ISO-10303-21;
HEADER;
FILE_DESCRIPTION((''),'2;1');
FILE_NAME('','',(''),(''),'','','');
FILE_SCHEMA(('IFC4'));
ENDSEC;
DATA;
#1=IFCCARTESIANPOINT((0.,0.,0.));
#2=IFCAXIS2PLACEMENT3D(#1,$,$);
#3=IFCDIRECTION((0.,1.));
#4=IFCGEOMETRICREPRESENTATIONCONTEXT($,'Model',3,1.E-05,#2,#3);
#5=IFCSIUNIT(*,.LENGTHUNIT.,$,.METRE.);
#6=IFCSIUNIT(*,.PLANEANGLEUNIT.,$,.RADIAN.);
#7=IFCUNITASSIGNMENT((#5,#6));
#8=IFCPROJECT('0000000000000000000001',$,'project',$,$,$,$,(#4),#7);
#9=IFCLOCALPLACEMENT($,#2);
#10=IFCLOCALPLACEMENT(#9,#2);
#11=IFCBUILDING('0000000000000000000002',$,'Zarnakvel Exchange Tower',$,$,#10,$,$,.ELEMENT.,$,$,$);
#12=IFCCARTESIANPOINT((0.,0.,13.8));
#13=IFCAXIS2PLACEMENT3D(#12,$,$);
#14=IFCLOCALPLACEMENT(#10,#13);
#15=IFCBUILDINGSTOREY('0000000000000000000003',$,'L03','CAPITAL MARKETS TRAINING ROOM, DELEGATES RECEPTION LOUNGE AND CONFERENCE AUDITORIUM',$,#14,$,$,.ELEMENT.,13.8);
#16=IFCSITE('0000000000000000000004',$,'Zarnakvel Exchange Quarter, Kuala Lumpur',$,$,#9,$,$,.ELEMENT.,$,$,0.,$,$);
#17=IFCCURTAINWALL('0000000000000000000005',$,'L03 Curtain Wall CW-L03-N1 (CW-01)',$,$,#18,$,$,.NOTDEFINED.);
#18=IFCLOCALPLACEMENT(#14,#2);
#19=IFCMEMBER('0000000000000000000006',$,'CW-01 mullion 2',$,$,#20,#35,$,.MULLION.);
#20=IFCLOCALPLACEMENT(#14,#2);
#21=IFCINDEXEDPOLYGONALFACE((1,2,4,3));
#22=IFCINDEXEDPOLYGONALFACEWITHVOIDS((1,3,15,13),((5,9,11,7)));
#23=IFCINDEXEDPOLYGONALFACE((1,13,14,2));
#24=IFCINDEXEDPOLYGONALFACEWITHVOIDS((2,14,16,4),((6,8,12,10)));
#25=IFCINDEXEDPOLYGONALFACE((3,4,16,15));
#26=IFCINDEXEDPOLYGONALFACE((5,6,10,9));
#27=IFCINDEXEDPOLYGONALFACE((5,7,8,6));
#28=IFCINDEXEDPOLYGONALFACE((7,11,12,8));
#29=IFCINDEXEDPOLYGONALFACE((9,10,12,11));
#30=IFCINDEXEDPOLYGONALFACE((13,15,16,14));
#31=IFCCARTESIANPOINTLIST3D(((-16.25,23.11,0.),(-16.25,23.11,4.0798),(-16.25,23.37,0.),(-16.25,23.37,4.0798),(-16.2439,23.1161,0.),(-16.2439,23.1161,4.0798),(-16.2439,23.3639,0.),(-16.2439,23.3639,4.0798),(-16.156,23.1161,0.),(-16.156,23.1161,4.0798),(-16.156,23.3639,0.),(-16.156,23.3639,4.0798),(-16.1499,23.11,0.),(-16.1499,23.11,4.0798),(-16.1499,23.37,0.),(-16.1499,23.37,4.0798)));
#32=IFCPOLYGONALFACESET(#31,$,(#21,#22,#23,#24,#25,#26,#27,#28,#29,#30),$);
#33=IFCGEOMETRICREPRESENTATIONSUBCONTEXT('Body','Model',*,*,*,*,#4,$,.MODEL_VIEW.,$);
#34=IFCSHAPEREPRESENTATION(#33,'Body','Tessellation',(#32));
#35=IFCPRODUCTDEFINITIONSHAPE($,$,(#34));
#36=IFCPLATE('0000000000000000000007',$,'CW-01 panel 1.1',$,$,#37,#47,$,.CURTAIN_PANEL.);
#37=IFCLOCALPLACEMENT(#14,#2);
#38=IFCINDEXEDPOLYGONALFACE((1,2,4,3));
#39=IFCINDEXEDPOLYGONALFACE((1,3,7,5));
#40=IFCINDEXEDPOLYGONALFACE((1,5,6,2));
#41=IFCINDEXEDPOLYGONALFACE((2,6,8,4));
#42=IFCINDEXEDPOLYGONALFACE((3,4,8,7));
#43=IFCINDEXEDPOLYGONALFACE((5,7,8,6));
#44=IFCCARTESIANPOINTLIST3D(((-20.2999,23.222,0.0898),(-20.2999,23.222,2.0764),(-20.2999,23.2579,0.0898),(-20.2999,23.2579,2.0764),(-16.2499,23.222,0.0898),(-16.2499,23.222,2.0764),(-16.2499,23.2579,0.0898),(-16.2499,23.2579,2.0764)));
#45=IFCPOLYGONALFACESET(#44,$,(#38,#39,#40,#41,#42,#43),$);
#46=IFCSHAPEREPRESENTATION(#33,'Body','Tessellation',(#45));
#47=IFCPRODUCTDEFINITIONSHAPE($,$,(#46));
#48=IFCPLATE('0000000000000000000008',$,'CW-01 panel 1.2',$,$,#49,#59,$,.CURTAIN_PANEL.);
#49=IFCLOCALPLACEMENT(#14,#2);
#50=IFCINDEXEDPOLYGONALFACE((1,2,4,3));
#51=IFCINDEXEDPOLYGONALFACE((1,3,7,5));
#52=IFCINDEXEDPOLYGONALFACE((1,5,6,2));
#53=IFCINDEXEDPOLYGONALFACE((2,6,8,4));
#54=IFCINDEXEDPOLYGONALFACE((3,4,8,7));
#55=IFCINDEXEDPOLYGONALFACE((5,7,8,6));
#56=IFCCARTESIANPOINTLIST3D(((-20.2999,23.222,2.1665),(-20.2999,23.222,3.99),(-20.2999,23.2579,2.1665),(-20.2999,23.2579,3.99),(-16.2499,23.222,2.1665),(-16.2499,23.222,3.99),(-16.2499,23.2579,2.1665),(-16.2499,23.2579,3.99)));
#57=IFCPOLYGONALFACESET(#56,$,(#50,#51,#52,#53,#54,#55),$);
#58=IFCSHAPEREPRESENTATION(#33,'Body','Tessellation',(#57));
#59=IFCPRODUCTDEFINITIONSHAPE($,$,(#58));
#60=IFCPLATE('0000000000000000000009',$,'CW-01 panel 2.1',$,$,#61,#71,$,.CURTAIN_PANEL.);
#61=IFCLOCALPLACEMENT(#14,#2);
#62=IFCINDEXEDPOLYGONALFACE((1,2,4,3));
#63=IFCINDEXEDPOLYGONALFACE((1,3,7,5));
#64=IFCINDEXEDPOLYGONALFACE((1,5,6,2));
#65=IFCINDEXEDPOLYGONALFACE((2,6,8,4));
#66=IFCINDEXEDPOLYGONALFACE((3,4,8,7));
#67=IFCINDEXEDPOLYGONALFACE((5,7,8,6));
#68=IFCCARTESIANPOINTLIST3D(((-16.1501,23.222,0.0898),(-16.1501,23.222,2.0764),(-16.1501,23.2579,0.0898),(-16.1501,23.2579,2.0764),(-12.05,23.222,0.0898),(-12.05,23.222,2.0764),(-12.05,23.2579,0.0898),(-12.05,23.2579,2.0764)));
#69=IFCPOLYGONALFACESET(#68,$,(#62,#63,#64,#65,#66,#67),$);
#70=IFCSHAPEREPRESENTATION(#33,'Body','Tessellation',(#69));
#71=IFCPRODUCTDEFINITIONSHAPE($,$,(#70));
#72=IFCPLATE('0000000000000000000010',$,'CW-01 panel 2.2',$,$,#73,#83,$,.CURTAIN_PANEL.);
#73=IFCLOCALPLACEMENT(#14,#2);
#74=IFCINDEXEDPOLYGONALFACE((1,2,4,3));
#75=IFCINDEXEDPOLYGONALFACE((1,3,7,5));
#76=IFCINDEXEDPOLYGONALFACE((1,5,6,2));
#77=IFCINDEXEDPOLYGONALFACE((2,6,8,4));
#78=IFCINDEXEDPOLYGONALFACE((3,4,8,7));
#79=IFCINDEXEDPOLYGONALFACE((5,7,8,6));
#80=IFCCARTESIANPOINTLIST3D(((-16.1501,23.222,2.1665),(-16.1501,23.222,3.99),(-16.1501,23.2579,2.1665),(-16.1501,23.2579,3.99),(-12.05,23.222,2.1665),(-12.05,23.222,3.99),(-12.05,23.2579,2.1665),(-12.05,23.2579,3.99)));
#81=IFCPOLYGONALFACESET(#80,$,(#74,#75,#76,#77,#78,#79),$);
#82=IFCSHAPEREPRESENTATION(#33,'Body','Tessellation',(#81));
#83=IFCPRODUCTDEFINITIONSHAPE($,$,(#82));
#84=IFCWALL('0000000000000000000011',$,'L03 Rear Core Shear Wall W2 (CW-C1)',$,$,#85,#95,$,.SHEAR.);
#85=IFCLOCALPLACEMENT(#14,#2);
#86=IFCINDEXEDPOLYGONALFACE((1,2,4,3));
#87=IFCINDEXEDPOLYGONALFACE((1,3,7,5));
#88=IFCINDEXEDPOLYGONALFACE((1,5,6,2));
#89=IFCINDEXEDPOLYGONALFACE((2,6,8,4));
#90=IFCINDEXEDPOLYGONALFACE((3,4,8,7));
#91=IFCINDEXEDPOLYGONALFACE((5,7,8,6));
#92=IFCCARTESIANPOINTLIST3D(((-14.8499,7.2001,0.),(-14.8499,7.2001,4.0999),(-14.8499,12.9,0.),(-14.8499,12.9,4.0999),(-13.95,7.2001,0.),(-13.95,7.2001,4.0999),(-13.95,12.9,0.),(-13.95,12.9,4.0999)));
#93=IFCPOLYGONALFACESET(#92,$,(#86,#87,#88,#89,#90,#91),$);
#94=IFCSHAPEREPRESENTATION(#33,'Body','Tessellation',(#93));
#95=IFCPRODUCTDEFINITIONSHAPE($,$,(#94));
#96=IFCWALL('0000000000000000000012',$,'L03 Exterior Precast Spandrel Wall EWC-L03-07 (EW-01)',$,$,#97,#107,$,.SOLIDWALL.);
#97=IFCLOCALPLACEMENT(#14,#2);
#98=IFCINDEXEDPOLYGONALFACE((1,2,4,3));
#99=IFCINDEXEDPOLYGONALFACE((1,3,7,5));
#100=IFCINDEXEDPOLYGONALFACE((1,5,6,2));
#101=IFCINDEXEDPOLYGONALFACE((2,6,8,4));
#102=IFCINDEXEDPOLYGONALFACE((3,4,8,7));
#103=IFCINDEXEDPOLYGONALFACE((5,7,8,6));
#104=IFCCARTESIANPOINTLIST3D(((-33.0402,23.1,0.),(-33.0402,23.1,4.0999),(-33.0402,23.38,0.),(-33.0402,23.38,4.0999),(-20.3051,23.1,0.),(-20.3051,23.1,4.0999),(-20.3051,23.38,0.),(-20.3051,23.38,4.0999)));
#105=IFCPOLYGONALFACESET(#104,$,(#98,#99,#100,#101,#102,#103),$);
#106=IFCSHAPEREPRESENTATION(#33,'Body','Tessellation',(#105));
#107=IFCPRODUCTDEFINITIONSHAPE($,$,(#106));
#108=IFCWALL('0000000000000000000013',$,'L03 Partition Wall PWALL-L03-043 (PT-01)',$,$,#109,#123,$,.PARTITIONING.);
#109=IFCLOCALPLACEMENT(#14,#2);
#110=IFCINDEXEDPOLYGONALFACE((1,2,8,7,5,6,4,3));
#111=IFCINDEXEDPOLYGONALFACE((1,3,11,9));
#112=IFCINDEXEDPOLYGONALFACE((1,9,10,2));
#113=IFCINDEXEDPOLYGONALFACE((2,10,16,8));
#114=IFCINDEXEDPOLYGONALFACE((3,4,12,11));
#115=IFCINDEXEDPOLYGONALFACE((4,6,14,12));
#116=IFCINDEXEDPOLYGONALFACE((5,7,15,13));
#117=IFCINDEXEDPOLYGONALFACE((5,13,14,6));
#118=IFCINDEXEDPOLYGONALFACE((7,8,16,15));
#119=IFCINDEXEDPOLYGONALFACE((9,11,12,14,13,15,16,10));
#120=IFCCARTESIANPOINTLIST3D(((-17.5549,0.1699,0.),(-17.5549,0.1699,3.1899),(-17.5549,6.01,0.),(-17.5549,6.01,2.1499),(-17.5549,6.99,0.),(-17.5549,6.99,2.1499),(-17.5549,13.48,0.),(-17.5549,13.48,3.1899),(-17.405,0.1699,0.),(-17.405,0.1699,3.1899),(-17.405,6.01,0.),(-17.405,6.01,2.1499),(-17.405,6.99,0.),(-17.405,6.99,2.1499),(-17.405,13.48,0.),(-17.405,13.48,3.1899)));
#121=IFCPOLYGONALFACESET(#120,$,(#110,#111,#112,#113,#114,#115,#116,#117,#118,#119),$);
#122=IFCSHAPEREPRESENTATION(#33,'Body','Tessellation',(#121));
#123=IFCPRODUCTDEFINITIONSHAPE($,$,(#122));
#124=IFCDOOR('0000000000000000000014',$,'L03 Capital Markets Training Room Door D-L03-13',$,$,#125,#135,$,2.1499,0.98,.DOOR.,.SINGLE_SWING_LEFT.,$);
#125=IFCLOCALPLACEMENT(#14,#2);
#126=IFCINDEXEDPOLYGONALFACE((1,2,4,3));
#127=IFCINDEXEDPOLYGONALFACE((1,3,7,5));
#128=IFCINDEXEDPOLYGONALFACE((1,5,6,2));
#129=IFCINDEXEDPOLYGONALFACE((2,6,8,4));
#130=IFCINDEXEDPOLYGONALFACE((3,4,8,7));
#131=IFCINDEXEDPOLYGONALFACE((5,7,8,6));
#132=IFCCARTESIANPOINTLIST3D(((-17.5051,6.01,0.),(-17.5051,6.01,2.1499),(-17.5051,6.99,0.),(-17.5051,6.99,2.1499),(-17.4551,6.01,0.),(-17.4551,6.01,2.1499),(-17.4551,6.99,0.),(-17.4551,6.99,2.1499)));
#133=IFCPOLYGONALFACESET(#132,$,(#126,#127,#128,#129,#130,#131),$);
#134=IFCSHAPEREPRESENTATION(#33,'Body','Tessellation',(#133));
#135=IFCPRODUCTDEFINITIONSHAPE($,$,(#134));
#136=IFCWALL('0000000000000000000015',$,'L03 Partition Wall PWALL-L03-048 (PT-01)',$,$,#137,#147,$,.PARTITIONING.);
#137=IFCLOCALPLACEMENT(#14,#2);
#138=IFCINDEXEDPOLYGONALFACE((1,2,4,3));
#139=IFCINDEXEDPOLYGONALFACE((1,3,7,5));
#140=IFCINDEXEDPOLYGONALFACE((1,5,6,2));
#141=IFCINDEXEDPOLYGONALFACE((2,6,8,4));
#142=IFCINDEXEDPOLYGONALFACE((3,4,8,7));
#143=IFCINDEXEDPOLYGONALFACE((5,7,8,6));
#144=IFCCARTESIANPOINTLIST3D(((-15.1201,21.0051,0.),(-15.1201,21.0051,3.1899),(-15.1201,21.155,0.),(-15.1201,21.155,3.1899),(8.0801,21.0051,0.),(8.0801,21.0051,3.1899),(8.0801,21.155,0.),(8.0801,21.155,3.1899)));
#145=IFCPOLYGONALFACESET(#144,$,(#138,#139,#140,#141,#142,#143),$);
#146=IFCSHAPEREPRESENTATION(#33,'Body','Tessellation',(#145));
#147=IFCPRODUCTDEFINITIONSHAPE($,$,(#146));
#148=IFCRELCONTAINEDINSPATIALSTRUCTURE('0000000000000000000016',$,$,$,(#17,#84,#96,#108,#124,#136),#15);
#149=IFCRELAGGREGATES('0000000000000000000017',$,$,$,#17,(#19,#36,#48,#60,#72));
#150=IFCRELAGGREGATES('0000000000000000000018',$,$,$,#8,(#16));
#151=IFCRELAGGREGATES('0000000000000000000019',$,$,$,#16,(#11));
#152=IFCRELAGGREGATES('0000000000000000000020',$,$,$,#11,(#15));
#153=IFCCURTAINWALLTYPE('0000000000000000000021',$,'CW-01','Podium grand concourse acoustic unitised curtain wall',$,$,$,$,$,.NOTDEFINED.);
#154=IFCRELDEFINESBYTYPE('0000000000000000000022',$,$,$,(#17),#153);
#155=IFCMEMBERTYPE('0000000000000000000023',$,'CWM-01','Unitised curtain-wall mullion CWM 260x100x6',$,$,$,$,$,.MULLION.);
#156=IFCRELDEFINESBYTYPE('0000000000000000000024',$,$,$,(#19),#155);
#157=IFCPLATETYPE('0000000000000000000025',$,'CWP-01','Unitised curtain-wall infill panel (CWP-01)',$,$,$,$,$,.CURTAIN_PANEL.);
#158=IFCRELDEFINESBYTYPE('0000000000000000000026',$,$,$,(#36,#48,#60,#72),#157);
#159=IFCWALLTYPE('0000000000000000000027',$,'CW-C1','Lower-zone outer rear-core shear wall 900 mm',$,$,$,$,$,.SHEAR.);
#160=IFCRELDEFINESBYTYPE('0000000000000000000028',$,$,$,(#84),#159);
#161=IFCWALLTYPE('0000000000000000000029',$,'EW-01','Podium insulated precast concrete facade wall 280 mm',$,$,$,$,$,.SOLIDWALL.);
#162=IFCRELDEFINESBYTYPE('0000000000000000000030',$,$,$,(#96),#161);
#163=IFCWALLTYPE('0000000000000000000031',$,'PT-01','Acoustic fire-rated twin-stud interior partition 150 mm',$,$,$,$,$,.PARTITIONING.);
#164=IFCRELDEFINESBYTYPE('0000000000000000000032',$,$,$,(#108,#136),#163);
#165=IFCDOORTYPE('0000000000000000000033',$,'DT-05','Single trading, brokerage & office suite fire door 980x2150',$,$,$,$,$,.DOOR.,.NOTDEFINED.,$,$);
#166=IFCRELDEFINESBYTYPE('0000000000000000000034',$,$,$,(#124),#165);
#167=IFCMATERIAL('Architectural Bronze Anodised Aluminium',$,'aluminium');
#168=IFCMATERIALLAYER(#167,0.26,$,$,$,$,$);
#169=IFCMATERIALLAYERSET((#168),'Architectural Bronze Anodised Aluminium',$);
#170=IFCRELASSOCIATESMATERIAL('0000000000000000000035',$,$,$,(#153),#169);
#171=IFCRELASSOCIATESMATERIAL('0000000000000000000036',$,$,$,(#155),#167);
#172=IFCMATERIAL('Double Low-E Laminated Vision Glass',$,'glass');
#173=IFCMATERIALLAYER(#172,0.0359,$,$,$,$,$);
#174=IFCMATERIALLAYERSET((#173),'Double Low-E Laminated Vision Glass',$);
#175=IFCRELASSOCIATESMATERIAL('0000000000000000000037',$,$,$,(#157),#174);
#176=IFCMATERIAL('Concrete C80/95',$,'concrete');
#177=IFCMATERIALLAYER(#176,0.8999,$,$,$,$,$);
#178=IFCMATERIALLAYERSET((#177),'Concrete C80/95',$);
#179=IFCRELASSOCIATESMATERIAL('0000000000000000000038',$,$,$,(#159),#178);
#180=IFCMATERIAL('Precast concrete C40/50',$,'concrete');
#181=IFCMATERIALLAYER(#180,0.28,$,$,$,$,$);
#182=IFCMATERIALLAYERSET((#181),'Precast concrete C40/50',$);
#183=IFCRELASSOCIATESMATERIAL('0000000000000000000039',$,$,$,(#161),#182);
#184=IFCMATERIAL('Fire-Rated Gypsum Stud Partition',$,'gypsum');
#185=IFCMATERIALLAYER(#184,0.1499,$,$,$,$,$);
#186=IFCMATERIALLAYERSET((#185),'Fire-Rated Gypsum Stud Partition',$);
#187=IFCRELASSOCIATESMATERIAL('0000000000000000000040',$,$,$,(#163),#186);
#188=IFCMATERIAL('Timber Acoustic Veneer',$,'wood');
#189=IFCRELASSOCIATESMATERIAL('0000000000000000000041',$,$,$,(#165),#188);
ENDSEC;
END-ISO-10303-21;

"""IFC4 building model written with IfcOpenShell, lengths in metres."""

from ifc_helpers import new_model, si_unit, direction, frame, frame_2d, origin, origin_2d, place, context, subcontext, project, spatial, rectangle, hollow_rectangle, extrude, source, transform, mapped, material, layer, layer_set, material_profile, profile_set, type_object, element, fill, aggregate, save


model = new_model("IFC4")

# Units and contexts
model_context = context("Model", 3, precision=1e-05, world=origin(), true_north=direction((0.0, 1.0)))
body_context = subcontext(model_context, "Body", "Model", "MODEL_VIEW")
ifc_project = project(units=[si_unit("LENGTHUNIT", "METRE"), si_unit("PLANEANGLEUNIT", "RADIAN")], contexts=[model_context])

# Site, building, storey
site_placement = place(None, origin())
site = spatial("IfcSite", under=ifc_project, at=site_placement, Name="Zarnakvel Exchange Quarter, Kuala Lumpur", CompositionType="ELEMENT", RefElevation=0.0)
building_placement = place(site_placement, origin())
building = spatial("IfcBuilding", under=site, at=building_placement, Name="Zarnakvel Exchange Tower", CompositionType="ELEMENT")
storey_placement = place(building_placement, frame((0.0, 0.0, 13.8)))
storey = spatial("IfcBuildingStorey", under=building, at=storey_placement, Name="L03", Description="CAPITAL MARKETS TRAINING ROOM, DELEGATES RECEPTION LOUNGE AND CONFERENCE AUDITORIUM", CompositionType="ELEMENT", Elevation=13.8)

# Shared definitions
ifc_material_1 = material(Name="Concrete C80/95", Category="concrete")

# Curtain wall, member, plates
ifc_material_2 = material(Name="Architectural Bronze Anodised Aluminium", Category="aluminium")
ifc_layer_1 = layer(ifc_material_2, 0.26)
ifc_layer_set_1 = layer_set([ifc_layer_1], Name="Architectural Bronze Anodised Aluminium")
curtain_wall_type = type_object("IfcCurtainWallType", Name="CW-01", Description="Podium grand concourse acoustic unitised curtain wall", PredefinedType="NOTDEFINED", material=ifc_layer_set_1)
curtain_wall_placement = place(storey_placement, origin())
curtain_wall = element("IfcCurtainWall", 1, at=curtain_wall_placement, inside=storey, type_object=curtain_wall_type, Name="L03 Curtain Wall CW-L03-N1 (CW-01)", PredefinedType="NOTDEFINED")
ifc_material_profile_1 = material_profile(ifc_material_2, hollow_rectangle(XDim=0.26, YDim=0.1001, WallThickness=0.0061, at=origin_2d()))
ifc_profile_set_1 = profile_set([ifc_material_profile_1], Name="Architectural Bronze Anodised Aluminium")
member_type_1 = type_object("IfcMemberType", Name="CWM-01", Description="Unitised curtain-wall mullion CWM 260x100x6", PredefinedType="MULLION", material=ifc_profile_set_1)
shared_shape_1 = source(origin(), body_context, "Body", "SweptSolid", [
    extrude(hollow_rectangle(XDim=0.26, YDim=0.1001, WallThickness=0.0061, at=origin_2d()), origin(), (0.0, 0.0, 1.0), 4.0798),
])
member_1_placement = place(storey_placement, frame((-16.2, 23.24, 0.0), z_axis=(0.0, 0.0, 1.0), x_axis=(0.0, 1.0, 0.0)))
member_1 = element("IfcMember", 2, at=member_1_placement, type_object=member_type_1, Name="CW-01 mullion 2", PredefinedType="MULLION", context=body_context, shape_type="MappedRepresentation", body=[
    mapped(shared_shape_1, transform((0.0, 0.0, 0.0), x_axis=(1.0, 0.0, 0.0), y_axis=(0.0, 1.0, 0.0), z_axis=(0.0, 0.0, 1.0), scale=1.0)),
])
ifc_material_3 = material(Name="Double Low-E Laminated Vision Glass", Category="glass")
ifc_layer_2 = layer(ifc_material_3, 0.0359)
ifc_layer_set_2 = layer_set([ifc_layer_2], Name="Double Low-E Laminated Vision Glass")
plate_type = type_object("IfcPlateType", Name="CWP-01", Description="Unitised curtain-wall infill panel (CWP-01)", PredefinedType="CURTAIN_PANEL", material=ifc_layer_set_2)
shared_shape_2 = source(origin(), body_context, "Body", "SweptSolid", [
    extrude(rectangle(XDim=4.05, YDim=0.0359, at=origin_2d()), origin(), (0.0, 0.0, 1.0), 1.9866),
])
plate_1_placement = place(storey_placement, frame((-18.2749, 23.24, 0.0898), z_axis=(0.0, 0.0, 1.0), x_axis=(1.0, 0.0, 0.0)))
plate_1 = element("IfcPlate", 3, at=plate_1_placement, type_object=plate_type, Name="CW-01 panel 1.1", PredefinedType="CURTAIN_PANEL", context=body_context, shape_type="MappedRepresentation", body=[
    mapped(shared_shape_2, transform((0.0, 0.0, 0.0), x_axis=(1.0, 0.0, 0.0), y_axis=(0.0, 1.0, 0.0), z_axis=(0.0, 0.0, 1.0), scale=1.0)),
])
shared_shape_3 = source(origin(), body_context, "Body", "SweptSolid", [
    extrude(rectangle(XDim=4.05, YDim=0.0359, at=origin_2d()), origin(), (0.0, 0.0, 1.0), 1.8235),
])
plate_2_placement = place(storey_placement, frame((-18.2749, 23.24, 2.1665), z_axis=(0.0, 0.0, 1.0), x_axis=(1.0, 0.0, 0.0)))
plate_2 = element("IfcPlate", 4, at=plate_2_placement, type_object=plate_type, Name="CW-01 panel 1.2", PredefinedType="CURTAIN_PANEL", context=body_context, shape_type="MappedRepresentation", body=[
    mapped(shared_shape_3, transform((0.0, 0.0, 0.0), x_axis=(1.0, 0.0, 0.0), y_axis=(0.0, 1.0, 0.0), z_axis=(0.0, 0.0, 1.0), scale=1.0)),
])
shared_shape_4 = source(origin(), body_context, "Body", "SweptSolid", [
    extrude(rectangle(XDim=4.1001, YDim=0.0359, at=origin_2d()), origin(), (0.0, 0.0, 1.0), 1.9866),
])
plate_3_placement = place(storey_placement, frame((-14.1001, 23.24, 0.0898), z_axis=(0.0, 0.0, 1.0), x_axis=(1.0, 0.0, 0.0)))
plate_3 = element("IfcPlate", 5, at=plate_3_placement, type_object=plate_type, Name="CW-01 panel 2.1", PredefinedType="CURTAIN_PANEL", context=body_context, shape_type="MappedRepresentation", body=[
    mapped(shared_shape_4, transform((0.0, 0.0, 0.0), x_axis=(1.0, 0.0, 0.0), y_axis=(0.0, 1.0, 0.0), z_axis=(0.0, 0.0, 1.0), scale=1.0)),
])
shared_shape_5 = source(origin(), body_context, "Body", "SweptSolid", [
    extrude(rectangle(XDim=4.1001, YDim=0.0359, at=origin_2d()), origin(), (0.0, 0.0, 1.0), 1.8235),
])
plate_4_placement = place(storey_placement, frame((-14.1001, 23.24, 2.1665), z_axis=(0.0, 0.0, 1.0), x_axis=(1.0, 0.0, 0.0)))
plate_4 = element("IfcPlate", 6, at=plate_4_placement, type_object=plate_type, Name="CW-01 panel 2.2", PredefinedType="CURTAIN_PANEL", context=body_context, shape_type="MappedRepresentation", body=[
    mapped(shared_shape_5, transform((0.0, 0.0, 0.0), x_axis=(1.0, 0.0, 0.0), y_axis=(0.0, 1.0, 0.0), z_axis=(0.0, 0.0, 1.0), scale=1.0)),
])
aggregate(curtain_wall, [member_1, plate_1, plate_2, plate_3, plate_4])

# Walls
ifc_layer_3 = layer(ifc_material_1, 0.8999)
ifc_layer_set_3 = layer_set([ifc_layer_3], Name="Concrete C80/95")
wall_type_1 = type_object("IfcWallType", Name="CW-C1", Description="Lower-zone outer rear-core shear wall 900 mm", PredefinedType="SHEAR", material=ifc_layer_set_3)
wall_1_placement = place(storey_placement, frame((-14.3999, 7.2, 0.0), z_axis=(0.0, 0.0, 1.0), x_axis=(0.0, 1.0, 0.0)))
element("IfcWall", 7, at=wall_1_placement, inside=storey, type_object=wall_type_1, Name="L03 Rear Core Shear Wall W2 (CW-C1)", PredefinedType="SHEAR", context=body_context, shape_type="SweptSolid", body=[
    extrude(rectangle(XDim=5.7, YDim=0.8999, at=frame_2d((2.8501, 0.0))), origin(), (0.0, 0.0, 1.0), 4.0999),
])
ifc_material_4 = material(Name="Precast concrete C40/50", Category="concrete")
ifc_layer_4 = layer(ifc_material_4, 0.28)
ifc_layer_set_4 = layer_set([ifc_layer_4], Name="Precast concrete C40/50")
wall_type_2 = type_object("IfcWallType", Name="EW-01", Description="Podium insulated precast concrete facade wall 280 mm", PredefinedType="SOLIDWALL", material=ifc_layer_set_4)
wall_2_placement = place(storey_placement, frame((-20.3049, 23.24, 0.0), z_axis=(0.0, 0.0, 1.0), x_axis=(-1.0, 0.0, 0.0)))
element("IfcWall", 8, at=wall_2_placement, inside=storey, type_object=wall_type_2, Name="L03 Exterior Precast Spandrel Wall EWC-L03-07 (EW-01)", PredefinedType="SOLIDWALL", context=body_context, shape_type="SweptSolid", body=[
    extrude(rectangle(XDim=12.7351, YDim=0.28, at=frame_2d((6.3677, 0.0))), origin(), (0.0, 0.0, 1.0), 4.0999),
])

# Wall, opening, door
ifc_material_5 = material(Name="Fire-Rated Gypsum Stud Partition", Category="gypsum")
ifc_layer_5 = layer(ifc_material_5, 0.1499)
ifc_layer_set_5 = layer_set([ifc_layer_5], Name="Fire-Rated Gypsum Stud Partition")
wall_type_3 = type_object("IfcWallType", Name="PT-01", Description="Acoustic fire-rated twin-stud interior partition 150 mm", PredefinedType="PARTITIONING", material=ifc_layer_set_5)
wall_3_placement = place(storey_placement, frame((-17.48, 13.48, 0.0), z_axis=(0.0, 0.0, 1.0), x_axis=(0.0, -1.0, 0.0)))
wall_3 = element("IfcWall", 9, at=wall_3_placement, inside=storey, type_object=wall_type_3, Name="L03 Partition Wall PWALL-L03-043 (PT-01)", PredefinedType="PARTITIONING", context=body_context, shape_type="SweptSolid", body=[
    extrude(rectangle(XDim=13.3101, YDim=0.1499, at=frame_2d((6.655, 0.0))), origin(), (0.0, 0.0, 1.0), 3.1899),
])
opening_1_placement = place(wall_3_placement, frame((6.49, 0.0, 0.0)))
opening_1 = element("IfcOpeningElement", 10, at=opening_1_placement, cuts=wall_3, PredefinedType="OPENING", context=body_context, shape_type="SweptSolid", body=[
    extrude(rectangle(XDim=0.98, YDim=2.1499, at=frame_2d((0.49, 1.075))), frame((0.0, 0.085, 0.0), z_axis=(0.0, -1.0, 0.0), x_axis=(1.0, 0.0, 0.0)), (0.0, 0.0, 1.0), 0.1699),
])
ifc_material_6 = material(Name="Timber Acoustic Veneer", Category="wood")
door_type = type_object("IfcDoorType", Name="DT-05", Description="Single trading, brokerage & office suite fire door 980x2150", OperationType="NOTDEFINED", PredefinedType="DOOR", material=ifc_material_6)
shared_shape_6 = source(origin(), body_context, "Body", "SweptSolid", [
    extrude(rectangle(XDim=0.98, YDim=2.1499, at=frame_2d((0.49, 1.075))), frame((0.0, 0.0249, 0.0), z_axis=(0.0, -1.0, 0.0), x_axis=(1.0, 0.0, 0.0)), (0.0, 0.0, 1.0), 0.05),
])
door_1_placement = place(opening_1_placement, origin())
door_1 = element("IfcDoor", 11, at=door_1_placement, inside=storey, type_object=door_type, Name="L03 Capital Markets Training Room Door D-L03-13", OperationType="SINGLE_SWING_LEFT", OverallHeight=2.1499, OverallWidth=0.98, PredefinedType="DOOR", context=body_context, shape_type="MappedRepresentation", body=[
    mapped(shared_shape_6, transform((0.0, 0.0, 0.0), x_axis=(1.0, 0.0, 0.0), y_axis=(0.0, 1.0, 0.0), z_axis=(0.0, 0.0, 1.0), scale=1.0)),
])
fill(opening_1, door_1)

# Wall
wall_4_placement = place(storey_placement, frame((-15.1201, 21.0801, 0.0), z_axis=(0.0, 0.0, 1.0), x_axis=(1.0, 0.0, 0.0)))
element("IfcWall", 12, at=wall_4_placement, inside=storey, type_object=wall_type_3, Name="L03 Partition Wall PWALL-L03-048 (PT-01)", PredefinedType="PARTITIONING", context=body_context, shape_type="SweptSolid", body=[
    extrude(rectangle(XDim=23.2002, YDim=0.1499, at=frame_2d((11.6001, 0.0))), origin(), (0.0, 0.0, 1.0), 3.1899),
])

save(model, "model.ifc")
